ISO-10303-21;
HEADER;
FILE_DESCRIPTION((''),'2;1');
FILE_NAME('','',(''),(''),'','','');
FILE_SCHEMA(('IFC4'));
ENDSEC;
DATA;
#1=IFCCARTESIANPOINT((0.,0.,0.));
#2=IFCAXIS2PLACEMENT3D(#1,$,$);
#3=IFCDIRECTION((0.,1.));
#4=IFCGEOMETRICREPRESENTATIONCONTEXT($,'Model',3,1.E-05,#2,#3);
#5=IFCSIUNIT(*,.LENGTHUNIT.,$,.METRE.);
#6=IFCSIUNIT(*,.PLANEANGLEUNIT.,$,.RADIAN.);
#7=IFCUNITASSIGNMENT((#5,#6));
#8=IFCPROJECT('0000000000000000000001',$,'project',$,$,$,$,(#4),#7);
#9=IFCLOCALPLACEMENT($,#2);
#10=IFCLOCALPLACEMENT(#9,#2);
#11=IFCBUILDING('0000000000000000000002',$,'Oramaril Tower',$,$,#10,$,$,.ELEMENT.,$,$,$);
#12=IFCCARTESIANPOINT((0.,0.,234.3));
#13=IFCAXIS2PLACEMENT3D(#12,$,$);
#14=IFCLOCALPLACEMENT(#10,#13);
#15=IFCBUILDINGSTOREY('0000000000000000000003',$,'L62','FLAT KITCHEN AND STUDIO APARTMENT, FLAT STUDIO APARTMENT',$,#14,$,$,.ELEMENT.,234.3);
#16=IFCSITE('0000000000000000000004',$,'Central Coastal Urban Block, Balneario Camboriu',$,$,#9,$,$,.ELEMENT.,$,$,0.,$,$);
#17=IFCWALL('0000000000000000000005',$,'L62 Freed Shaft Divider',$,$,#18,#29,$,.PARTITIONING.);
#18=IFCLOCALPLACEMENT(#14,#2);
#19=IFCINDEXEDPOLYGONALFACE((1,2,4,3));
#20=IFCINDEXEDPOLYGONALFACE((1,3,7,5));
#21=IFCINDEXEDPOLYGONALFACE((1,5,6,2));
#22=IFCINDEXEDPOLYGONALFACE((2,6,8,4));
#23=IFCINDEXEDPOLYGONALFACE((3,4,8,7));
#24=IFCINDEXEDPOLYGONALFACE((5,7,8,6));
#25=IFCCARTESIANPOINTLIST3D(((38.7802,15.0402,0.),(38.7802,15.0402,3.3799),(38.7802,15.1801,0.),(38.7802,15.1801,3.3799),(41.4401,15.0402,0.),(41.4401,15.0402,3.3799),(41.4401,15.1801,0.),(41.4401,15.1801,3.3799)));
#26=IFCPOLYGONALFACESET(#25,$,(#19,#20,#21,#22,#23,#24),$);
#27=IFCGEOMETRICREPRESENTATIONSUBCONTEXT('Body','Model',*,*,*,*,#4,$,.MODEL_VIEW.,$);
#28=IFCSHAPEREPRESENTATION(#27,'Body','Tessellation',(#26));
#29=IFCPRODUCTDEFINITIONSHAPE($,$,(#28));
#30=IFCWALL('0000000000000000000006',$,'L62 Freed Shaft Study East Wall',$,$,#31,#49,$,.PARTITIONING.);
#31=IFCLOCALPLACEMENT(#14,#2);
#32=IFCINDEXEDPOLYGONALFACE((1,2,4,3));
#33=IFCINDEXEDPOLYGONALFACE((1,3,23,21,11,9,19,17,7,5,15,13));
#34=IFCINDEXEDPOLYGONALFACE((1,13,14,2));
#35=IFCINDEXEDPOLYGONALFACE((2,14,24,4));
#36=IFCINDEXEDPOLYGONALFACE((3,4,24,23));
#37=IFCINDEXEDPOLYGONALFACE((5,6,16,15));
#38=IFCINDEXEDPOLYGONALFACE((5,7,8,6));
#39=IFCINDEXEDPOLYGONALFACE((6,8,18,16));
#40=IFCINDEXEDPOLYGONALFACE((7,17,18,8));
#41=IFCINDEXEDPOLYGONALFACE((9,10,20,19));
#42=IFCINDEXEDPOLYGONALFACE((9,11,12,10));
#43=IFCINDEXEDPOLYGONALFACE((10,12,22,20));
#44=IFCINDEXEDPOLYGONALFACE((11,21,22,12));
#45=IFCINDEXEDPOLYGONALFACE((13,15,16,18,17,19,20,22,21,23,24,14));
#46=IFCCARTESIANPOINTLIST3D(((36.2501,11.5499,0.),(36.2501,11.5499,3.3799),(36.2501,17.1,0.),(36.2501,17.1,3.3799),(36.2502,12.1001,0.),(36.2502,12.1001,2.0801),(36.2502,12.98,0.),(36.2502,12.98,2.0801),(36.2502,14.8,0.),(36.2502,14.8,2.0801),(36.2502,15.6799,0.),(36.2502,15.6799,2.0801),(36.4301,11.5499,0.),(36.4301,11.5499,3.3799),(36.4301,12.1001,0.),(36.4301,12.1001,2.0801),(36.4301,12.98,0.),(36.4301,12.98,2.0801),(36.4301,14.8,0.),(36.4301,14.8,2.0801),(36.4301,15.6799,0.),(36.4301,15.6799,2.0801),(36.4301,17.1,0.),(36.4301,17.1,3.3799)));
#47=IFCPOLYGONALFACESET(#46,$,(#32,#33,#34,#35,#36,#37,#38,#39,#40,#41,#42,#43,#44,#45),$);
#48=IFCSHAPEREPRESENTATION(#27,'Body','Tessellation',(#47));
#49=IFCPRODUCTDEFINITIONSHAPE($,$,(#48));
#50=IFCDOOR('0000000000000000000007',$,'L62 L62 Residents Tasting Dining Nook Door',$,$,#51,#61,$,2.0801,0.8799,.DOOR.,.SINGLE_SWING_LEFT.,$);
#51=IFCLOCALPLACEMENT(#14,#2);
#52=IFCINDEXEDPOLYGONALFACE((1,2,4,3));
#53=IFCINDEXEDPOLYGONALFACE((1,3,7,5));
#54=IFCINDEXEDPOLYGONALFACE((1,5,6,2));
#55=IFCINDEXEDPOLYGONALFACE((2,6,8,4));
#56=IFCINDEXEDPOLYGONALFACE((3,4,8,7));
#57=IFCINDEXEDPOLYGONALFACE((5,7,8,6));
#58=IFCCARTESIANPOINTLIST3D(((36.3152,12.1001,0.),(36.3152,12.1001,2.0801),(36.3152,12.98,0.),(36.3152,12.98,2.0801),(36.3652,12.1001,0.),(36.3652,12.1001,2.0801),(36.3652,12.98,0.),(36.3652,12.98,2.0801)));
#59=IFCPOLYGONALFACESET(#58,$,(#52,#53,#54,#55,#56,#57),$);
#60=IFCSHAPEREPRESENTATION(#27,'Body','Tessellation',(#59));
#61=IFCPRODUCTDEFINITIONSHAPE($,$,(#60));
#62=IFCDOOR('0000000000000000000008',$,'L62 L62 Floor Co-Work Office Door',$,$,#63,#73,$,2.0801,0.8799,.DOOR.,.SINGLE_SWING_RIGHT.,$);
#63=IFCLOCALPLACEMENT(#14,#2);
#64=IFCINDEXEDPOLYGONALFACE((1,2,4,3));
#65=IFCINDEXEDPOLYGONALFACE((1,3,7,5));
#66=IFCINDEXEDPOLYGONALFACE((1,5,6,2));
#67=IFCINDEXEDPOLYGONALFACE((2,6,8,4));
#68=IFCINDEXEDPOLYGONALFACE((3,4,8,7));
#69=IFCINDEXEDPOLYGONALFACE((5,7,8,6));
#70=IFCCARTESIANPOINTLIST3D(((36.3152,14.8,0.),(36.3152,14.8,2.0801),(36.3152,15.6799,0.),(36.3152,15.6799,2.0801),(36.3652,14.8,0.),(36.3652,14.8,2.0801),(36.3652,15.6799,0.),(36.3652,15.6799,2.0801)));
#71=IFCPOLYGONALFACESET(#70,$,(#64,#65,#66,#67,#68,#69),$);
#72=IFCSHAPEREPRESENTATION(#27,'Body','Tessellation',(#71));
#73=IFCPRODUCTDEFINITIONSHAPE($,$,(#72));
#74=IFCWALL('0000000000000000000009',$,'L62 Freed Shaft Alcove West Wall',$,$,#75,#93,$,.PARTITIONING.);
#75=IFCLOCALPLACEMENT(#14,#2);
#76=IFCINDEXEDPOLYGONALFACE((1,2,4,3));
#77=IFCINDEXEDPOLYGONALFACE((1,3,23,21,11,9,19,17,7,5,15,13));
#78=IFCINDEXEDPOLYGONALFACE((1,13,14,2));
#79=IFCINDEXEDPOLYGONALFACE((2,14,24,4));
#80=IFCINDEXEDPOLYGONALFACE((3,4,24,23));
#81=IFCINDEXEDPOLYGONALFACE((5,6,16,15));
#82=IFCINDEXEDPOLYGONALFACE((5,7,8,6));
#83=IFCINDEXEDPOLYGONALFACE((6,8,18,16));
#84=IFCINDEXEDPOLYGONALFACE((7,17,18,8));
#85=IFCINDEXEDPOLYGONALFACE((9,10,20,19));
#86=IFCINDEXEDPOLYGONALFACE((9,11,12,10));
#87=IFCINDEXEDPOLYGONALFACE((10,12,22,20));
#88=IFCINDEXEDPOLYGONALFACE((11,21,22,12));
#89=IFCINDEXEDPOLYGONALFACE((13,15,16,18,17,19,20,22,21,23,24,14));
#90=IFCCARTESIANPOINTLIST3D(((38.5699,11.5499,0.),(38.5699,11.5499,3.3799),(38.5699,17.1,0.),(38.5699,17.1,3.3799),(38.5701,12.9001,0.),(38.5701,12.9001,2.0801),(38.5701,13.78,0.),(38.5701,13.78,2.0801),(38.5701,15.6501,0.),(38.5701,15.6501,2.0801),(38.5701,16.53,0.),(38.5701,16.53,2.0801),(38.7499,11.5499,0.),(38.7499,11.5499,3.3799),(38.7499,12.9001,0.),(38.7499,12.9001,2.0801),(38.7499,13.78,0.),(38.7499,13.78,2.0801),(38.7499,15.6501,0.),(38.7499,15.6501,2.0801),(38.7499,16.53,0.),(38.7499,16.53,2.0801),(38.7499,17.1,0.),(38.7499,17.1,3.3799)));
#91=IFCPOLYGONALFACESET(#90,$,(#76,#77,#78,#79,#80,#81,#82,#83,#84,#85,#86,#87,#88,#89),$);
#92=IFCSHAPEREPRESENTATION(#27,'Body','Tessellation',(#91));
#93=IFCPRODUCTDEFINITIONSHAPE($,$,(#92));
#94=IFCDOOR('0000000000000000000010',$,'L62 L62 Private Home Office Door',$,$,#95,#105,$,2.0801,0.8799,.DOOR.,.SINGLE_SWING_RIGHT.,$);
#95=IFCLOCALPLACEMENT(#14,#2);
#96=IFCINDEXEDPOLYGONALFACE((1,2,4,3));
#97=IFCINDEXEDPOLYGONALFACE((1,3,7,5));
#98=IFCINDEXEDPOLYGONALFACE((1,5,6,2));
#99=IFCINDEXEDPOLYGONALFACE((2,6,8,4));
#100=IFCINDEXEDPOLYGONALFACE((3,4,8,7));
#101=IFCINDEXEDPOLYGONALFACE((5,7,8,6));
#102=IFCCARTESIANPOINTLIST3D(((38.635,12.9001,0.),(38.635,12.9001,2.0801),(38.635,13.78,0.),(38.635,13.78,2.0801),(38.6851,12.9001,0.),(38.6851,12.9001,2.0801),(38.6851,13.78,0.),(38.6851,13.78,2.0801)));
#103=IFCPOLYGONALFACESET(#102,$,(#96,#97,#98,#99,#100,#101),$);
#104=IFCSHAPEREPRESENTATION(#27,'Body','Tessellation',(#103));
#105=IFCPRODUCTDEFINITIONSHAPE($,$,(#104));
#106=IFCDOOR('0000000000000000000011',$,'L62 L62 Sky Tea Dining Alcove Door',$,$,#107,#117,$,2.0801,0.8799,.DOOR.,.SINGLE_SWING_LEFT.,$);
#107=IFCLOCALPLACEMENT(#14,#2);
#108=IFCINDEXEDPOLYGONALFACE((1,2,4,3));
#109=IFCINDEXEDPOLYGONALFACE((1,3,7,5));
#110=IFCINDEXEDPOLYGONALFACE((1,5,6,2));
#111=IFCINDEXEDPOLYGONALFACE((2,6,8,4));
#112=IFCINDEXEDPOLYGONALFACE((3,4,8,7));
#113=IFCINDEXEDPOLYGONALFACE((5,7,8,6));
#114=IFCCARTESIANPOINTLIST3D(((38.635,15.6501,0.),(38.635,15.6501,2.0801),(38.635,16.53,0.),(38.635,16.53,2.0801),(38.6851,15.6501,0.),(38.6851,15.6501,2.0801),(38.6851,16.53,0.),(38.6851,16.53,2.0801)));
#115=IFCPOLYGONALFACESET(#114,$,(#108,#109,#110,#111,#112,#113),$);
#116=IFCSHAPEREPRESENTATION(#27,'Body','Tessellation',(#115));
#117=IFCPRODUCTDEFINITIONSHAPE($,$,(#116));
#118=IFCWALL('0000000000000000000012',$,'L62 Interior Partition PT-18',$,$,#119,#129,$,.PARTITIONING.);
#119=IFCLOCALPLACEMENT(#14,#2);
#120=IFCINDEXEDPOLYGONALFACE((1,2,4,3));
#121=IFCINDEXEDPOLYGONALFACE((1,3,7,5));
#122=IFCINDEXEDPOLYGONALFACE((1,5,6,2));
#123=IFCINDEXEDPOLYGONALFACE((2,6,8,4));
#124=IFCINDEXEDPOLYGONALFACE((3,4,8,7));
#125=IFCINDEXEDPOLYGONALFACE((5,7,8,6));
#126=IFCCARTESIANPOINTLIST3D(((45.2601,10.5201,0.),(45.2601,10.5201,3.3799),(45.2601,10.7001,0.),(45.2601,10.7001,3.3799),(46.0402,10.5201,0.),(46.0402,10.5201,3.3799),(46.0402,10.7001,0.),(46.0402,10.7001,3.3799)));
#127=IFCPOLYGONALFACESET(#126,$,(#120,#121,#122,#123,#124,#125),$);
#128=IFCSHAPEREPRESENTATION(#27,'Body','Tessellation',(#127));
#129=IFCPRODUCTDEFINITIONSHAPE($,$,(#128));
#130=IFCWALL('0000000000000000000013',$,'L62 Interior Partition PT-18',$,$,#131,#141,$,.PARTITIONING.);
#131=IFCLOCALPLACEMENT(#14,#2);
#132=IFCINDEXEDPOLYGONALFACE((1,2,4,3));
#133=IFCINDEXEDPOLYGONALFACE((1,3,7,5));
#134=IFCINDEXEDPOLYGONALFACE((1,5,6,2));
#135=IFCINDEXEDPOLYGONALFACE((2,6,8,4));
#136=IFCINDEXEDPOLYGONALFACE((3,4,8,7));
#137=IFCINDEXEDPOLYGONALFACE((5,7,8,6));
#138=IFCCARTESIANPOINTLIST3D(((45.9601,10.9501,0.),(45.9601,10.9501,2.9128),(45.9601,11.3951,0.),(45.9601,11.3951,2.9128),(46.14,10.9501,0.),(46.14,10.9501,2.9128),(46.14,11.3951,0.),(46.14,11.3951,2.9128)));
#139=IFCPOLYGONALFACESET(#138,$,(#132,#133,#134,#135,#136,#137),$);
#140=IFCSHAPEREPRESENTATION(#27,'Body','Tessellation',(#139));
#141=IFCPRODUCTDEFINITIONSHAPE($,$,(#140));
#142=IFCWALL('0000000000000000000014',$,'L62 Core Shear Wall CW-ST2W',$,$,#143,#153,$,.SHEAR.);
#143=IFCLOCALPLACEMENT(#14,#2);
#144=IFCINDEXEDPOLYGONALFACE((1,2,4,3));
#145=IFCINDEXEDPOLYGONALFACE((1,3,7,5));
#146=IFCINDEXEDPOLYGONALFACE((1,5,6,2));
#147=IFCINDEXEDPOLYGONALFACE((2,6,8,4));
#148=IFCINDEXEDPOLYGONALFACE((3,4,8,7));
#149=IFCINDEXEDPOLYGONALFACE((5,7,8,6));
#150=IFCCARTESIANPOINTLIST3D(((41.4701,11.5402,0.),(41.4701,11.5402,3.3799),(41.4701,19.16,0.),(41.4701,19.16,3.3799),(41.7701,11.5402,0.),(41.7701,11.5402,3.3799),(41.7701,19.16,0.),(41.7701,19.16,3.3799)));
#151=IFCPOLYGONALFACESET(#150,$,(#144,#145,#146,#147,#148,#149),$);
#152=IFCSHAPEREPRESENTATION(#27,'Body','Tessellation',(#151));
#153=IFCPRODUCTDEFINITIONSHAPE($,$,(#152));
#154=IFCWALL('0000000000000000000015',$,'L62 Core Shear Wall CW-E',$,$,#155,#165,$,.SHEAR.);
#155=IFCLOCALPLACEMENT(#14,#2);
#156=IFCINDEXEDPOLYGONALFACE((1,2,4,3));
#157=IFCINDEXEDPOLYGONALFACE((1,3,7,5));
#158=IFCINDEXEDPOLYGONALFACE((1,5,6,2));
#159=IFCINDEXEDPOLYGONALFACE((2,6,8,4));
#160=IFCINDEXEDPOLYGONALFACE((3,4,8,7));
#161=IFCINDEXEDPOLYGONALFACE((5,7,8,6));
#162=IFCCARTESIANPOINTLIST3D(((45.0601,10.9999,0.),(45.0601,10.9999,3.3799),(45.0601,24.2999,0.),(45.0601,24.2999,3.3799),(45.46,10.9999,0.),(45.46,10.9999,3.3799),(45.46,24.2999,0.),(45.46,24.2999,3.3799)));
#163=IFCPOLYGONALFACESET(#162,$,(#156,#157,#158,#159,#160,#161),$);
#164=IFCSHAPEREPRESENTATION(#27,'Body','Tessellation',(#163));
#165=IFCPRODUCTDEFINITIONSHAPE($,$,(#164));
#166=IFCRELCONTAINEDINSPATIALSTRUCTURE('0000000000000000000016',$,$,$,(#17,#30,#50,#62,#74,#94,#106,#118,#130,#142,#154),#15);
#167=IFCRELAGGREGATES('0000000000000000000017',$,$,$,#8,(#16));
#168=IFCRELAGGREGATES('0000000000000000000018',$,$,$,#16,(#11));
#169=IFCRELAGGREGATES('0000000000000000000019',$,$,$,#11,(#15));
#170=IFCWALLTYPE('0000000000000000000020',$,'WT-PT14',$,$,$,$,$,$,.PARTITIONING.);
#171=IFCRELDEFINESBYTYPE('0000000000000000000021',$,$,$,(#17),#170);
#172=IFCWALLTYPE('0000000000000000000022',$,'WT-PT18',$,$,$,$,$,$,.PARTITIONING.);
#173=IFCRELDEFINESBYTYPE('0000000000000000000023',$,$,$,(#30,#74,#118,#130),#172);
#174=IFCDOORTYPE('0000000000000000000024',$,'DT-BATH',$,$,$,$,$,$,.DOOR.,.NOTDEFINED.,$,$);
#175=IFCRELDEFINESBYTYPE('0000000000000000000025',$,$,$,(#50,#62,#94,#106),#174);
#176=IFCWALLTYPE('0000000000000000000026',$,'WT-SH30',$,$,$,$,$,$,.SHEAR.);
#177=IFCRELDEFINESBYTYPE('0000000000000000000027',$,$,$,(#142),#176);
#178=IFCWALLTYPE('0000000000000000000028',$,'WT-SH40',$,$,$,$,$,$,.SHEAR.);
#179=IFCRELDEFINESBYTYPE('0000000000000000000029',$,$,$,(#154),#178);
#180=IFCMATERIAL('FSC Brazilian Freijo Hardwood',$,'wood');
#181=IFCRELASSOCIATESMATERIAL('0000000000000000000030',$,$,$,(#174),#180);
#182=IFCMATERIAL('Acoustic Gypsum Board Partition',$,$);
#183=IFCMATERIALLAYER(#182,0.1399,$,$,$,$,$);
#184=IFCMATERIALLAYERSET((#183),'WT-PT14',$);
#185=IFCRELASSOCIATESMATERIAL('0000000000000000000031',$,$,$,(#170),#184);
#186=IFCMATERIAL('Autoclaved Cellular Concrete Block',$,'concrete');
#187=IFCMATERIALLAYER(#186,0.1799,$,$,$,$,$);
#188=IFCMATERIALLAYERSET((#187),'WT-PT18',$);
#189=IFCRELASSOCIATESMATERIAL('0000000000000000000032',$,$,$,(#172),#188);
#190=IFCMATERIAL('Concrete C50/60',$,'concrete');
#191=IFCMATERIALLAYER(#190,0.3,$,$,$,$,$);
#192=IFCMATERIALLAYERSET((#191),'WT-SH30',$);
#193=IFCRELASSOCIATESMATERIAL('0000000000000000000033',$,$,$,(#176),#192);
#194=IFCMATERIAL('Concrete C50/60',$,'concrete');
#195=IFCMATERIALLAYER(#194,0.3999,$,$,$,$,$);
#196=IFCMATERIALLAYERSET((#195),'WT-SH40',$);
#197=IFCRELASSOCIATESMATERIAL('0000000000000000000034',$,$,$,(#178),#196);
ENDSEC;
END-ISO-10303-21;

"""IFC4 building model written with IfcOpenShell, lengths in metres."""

from ifc_helpers import new_model, si_unit, direction, frame, frame_2d, origin, place, context, subcontext, project, spatial, rectangle, extrude, material, layer, layer_set, type_object, element, fill, save


model = new_model("IFC4")

# Units and contexts
model_context = context("Model", 3, precision=1e-05, world=origin(), true_north=direction((0.0, 1.0)))
body_context = subcontext(model_context, "Body", "Model", "MODEL_VIEW")
ifc_project = project(units=[si_unit("LENGTHUNIT", "METRE"), si_unit("PLANEANGLEUNIT", "RADIAN")], contexts=[model_context])

# Site, building, storey
site_placement = place(None, origin())
site = spatial("IfcSite", under=ifc_project, at=site_placement, Name="Central Coastal Urban Block, Balneario Camboriu", CompositionType="ELEMENT", RefElevation=0.0)
building_placement = place(site_placement, origin())
building = spatial("IfcBuilding", under=site, at=building_placement, Name="Oramaril Tower", CompositionType="ELEMENT")
storey_placement = place(building_placement, frame((0.0, 0.0, 234.3)))
storey = spatial("IfcBuildingStorey", under=building, at=storey_placement, Name="L62", Description="FLAT KITCHEN AND STUDIO APARTMENT, FLAT STUDIO APARTMENT", CompositionType="ELEMENT", Elevation=234.3)

# Shared definitions
ifc_material_1 = material(Name="FSC Brazilian Freijo Hardwood", Category="wood")
door_type_1 = type_object("IfcDoorType", Name="DT-BATH", OperationType="NOTDEFINED", PredefinedType="DOOR", material=ifc_material_1)

# Wall
ifc_material_2 = material(Name="Acoustic Gypsum Board Partition")
ifc_layer_1 = layer(ifc_material_2, 0.1399)
ifc_layer_set_1 = layer_set([ifc_layer_1], Name="WT-PT14")
wall_type_1 = type_object("IfcWallType", Name="WT-PT14", PredefinedType="PARTITIONING", material=ifc_layer_set_1)
wall_1_placement = place(storey_placement, frame((38.78, 15.1101, 0.0), z_axis=(0.0, 0.0, 1.0), x_axis=(1.0, 0.0, 0.0)))
element("IfcWall", 1, at=wall_1_placement, inside=storey, type_object=wall_type_1, Name="L62 Freed Shaft Divider", PredefinedType="PARTITIONING", context=body_context, shape_type="SweptSolid", body=[
    extrude(rectangle(XDim=2.6599, YDim=0.1399, at=frame_2d((1.3301, 0.0))), origin(), (0.0, 0.0, 1.0), 3.3799),
])

# Walls, openings, doors
ifc_material_3 = material(Name="Autoclaved Cellular Concrete Block", Category="concrete")
ifc_layer_2 = layer(ifc_material_3, 0.1799)
ifc_layer_set_2 = layer_set([ifc_layer_2], Name="WT-PT18")
wall_type_2 = type_object("IfcWallType", Name="WT-PT18", PredefinedType="PARTITIONING", material=ifc_layer_set_2)
wall_2_placement = place(storey_placement, frame((36.3401, 11.55, 0.0), z_axis=(0.0, 0.0, 1.0), x_axis=(0.0, 1.0, 0.0)))
wall_2 = element("IfcWall", 2, at=wall_2_placement, inside=storey, type_object=wall_type_2, Name="L62 Freed Shaft Study East Wall", PredefinedType="PARTITIONING", context=body_context, shape_type="SweptSolid", body=[
    extrude(rectangle(XDim=5.55, YDim=0.1799, at=frame_2d((2.7749, 0.0))), origin(), (0.0, 0.0, 1.0), 3.3799),
])
opening_1_placement = place(wall_2_placement, frame((0.55, 0.0, 0.0)))
opening_1 = element("IfcOpeningElement", 3, at=opening_1_placement, cuts=wall_2, PredefinedType="OPENING", context=body_context, shape_type="SweptSolid", body=[
    extrude(rectangle(XDim=0.8799, YDim=2.0801, at=frame_2d((0.4399, 1.04))), frame((0.0, 0.0898, 0.0), z_axis=(0.0, -1.0, 0.0), x_axis=(1.0, 0.0, 0.0)), (0.0, 0.0, 1.0), 0.1799),
])
opening_2_placement = place(wall_2_placement, frame((3.25, 0.0, 0.0)))
opening_2 = element("IfcOpeningElement", 4, at=opening_2_placement, cuts=wall_2, PredefinedType="OPENING", context=body_context, shape_type="SweptSolid", body=[
    extrude(rectangle(XDim=0.8799, YDim=2.0801, at=frame_2d((0.4399, 1.04))), frame((0.0, 0.0898, 0.0), z_axis=(0.0, -1.0, 0.0), x_axis=(1.0, 0.0, 0.0)), (0.0, 0.0, 1.0), 0.1799),
])
door_1_placement = place(opening_1_placement, origin())
door_1 = element("IfcDoor", 5, at=door_1_placement, inside=storey, type_object=door_type_1, Name="L62 L62 Residents Tasting Dining Nook Door", OperationType="SINGLE_SWING_LEFT", OverallHeight=2.0801, OverallWidth=0.8799, PredefinedType="DOOR", context=body_context, shape_type="SweptSolid", body=[
    extrude(rectangle(XDim=0.8799, YDim=2.0801, at=frame_2d((0.4399, 1.04))), frame((0.0, 0.0249, 0.0), z_axis=(0.0, -1.0, 0.0), x_axis=(1.0, 0.0, 0.0)), (0.0, 0.0, 1.0), 0.05),
])
fill(opening_1, door_1)
door_2_placement = place(opening_2_placement, origin())
door_2 = element("IfcDoor", 6, at=door_2_placement, inside=storey, type_object=door_type_1, Name="L62 L62 Floor Co-Work Office Door", OperationType="SINGLE_SWING_RIGHT", OverallHeight=2.0801, OverallWidth=0.8799, PredefinedType="DOOR", context=body_context, shape_type="SweptSolid", body=[
    extrude(rectangle(XDim=0.8799, YDim=2.0801, at=frame_2d((0.4399, 1.04))), frame((0.0, 0.0249, 0.0), z_axis=(0.0, -1.0, 0.0), x_axis=(1.0, 0.0, 0.0)), (0.0, 0.0, 1.0), 0.05),
])
fill(opening_2, door_2)
wall_3_placement = place(storey_placement, frame((38.6599, 11.55, 0.0), z_axis=(0.0, 0.0, 1.0), x_axis=(0.0, 1.0, 0.0)))
wall_3 = element("IfcWall", 7, at=wall_3_placement, inside=storey, type_object=wall_type_2, Name="L62 Freed Shaft Alcove West Wall", PredefinedType="PARTITIONING", context=body_context, shape_type="SweptSolid", body=[
    extrude(rectangle(XDim=5.55, YDim=0.1799, at=frame_2d((2.7749, 0.0))), origin(), (0.0, 0.0, 1.0), 3.3799),
])
opening_3_placement = place(wall_3_placement, frame((1.3501, 0.0, 0.0)))
opening_3 = element("IfcOpeningElement", 8, at=opening_3_placement, cuts=wall_3, PredefinedType="OPENING", context=body_context, shape_type="SweptSolid", body=[
    extrude(rectangle(XDim=0.8799, YDim=2.0801, at=frame_2d((0.4399, 1.04))), frame((0.0, 0.0898, 0.0), z_axis=(0.0, -1.0, 0.0), x_axis=(1.0, 0.0, 0.0)), (0.0, 0.0, 1.0), 0.1799),
])
opening_4_placement = place(wall_3_placement, frame((4.1001, 0.0, 0.0)))
opening_4 = element("IfcOpeningElement", 9, at=opening_4_placement, cuts=wall_3, PredefinedType="OPENING", context=body_context, shape_type="SweptSolid", body=[
    extrude(rectangle(XDim=0.8799, YDim=2.0801, at=frame_2d((0.4399, 1.04))), frame((0.0, 0.0898, 0.0), z_axis=(0.0, -1.0, 0.0), x_axis=(1.0, 0.0, 0.0)), (0.0, 0.0, 1.0), 0.1799),
])
door_3_placement = place(opening_3_placement, origin())
door_3 = element("IfcDoor", 10, at=door_3_placement, inside=storey, type_object=door_type_1, Name="L62 L62 Private Home Office Door", OperationType="SINGLE_SWING_RIGHT", OverallHeight=2.0801, OverallWidth=0.8799, PredefinedType="DOOR", context=body_context, shape_type="SweptSolid", body=[
    extrude(rectangle(XDim=0.8799, YDim=2.0801, at=frame_2d((0.4399, 1.04))), frame((0.0, 0.0249, 0.0), z_axis=(0.0, -1.0, 0.0), x_axis=(1.0, 0.0, 0.0)), (0.0, 0.0, 1.0), 0.05),
])
fill(opening_3, door_3)
door_4_placement = place(opening_4_placement, origin())
door_4 = element("IfcDoor", 11, at=door_4_placement, inside=storey, type_object=door_type_1, Name="L62 L62 Sky Tea Dining Alcove Door", OperationType="SINGLE_SWING_LEFT", OverallHeight=2.0801, OverallWidth=0.8799, PredefinedType="DOOR", context=body_context, shape_type="SweptSolid", body=[
    extrude(rectangle(XDim=0.8799, YDim=2.0801, at=frame_2d((0.4399, 1.04))), frame((0.0, 0.0249, 0.0), z_axis=(0.0, -1.0, 0.0), x_axis=(1.0, 0.0, 0.0)), (0.0, 0.0, 1.0), 0.05),
])
fill(opening_4, door_4)

# Walls
wall_4_placement = place(storey_placement, frame((45.26, 10.6101, 0.0), z_axis=(0.0, 0.0, 1.0), x_axis=(1.0, 0.0, 0.0)))
element("IfcWall", 12, at=wall_4_placement, inside=storey, type_object=wall_type_2, Name="L62 Interior Partition PT-18", PredefinedType="PARTITIONING", context=body_context, shape_type="SweptSolid", body=[
    extrude(rectangle(XDim=0.78, YDim=0.1799, at=frame_2d((0.3901, 0.0))), origin(), (0.0, 0.0, 1.0), 3.3799),
])
wall_5_placement = place(storey_placement, frame((46.05, 10.95, 0.0), z_axis=(0.0, 0.0, 1.0), x_axis=(0.0, 1.0, 0.0)))
element("IfcWall", 13, at=wall_5_placement, inside=storey, type_object=wall_type_2, Name="L62 Interior Partition PT-18", PredefinedType="PARTITIONING", context=body_context, shape_type="SweptSolid", body=[
    extrude(rectangle(XDim=0.4451, YDim=0.1799, at=frame_2d((0.2227, 0.0))), origin(), (0.0, 0.0, 1.0), 2.9128),
])
ifc_material_4 = material(Name="Concrete C50/60", Category="concrete")
ifc_layer_3 = layer(ifc_material_4, 0.3)
ifc_layer_set_3 = layer_set([ifc_layer_3], Name="WT-SH30")
wall_type_3 = type_object("IfcWallType", Name="WT-SH30", PredefinedType="SHEAR", material=ifc_layer_set_3)
wall_6_placement = place(storey_placement, frame((41.6201, 11.54, 0.0), z_axis=(0.0, 0.0, 1.0), x_axis=(0.0, 1.0, 0.0)))
element("IfcWall", 14, at=wall_6_placement, inside=storey, type_object=wall_type_3, Name="L62 Core Shear Wall CW-ST2W", PredefinedType="SHEAR", context=body_context, shape_type="SweptSolid", body=[
    extrude(rectangle(XDim=7.6199, YDim=0.3, at=frame_2d((3.8101, 0.0))), origin(), (0.0, 0.0, 1.0), 3.3799),
])
ifc_material_5 = material(Name="Concrete C50/60", Category="concrete")
ifc_layer_4 = layer(ifc_material_5, 0.3999)
ifc_layer_set_4 = layer_set([ifc_layer_4], Name="WT-SH40")
wall_type_4 = type_object("IfcWallType", Name="WT-SH40", PredefinedType="SHEAR", material=ifc_layer_set_4)
wall_7_placement = place(storey_placement, frame((45.26, 11.0, 0.0), z_axis=(0.0, 0.0, 1.0), x_axis=(0.0, 1.0, 0.0)))
element("IfcWall", 15, at=wall_7_placement, inside=storey, type_object=wall_type_4, Name="L62 Core Shear Wall CW-E", PredefinedType="SHEAR", context=body_context, shape_type="SweptSolid", body=[
    extrude(rectangle(XDim=13.3, YDim=0.3999, at=frame_2d((6.6499, 0.0))), origin(), (0.0, 0.0, 1.0), 3.3799),
])

save(model, "model.ifc")
